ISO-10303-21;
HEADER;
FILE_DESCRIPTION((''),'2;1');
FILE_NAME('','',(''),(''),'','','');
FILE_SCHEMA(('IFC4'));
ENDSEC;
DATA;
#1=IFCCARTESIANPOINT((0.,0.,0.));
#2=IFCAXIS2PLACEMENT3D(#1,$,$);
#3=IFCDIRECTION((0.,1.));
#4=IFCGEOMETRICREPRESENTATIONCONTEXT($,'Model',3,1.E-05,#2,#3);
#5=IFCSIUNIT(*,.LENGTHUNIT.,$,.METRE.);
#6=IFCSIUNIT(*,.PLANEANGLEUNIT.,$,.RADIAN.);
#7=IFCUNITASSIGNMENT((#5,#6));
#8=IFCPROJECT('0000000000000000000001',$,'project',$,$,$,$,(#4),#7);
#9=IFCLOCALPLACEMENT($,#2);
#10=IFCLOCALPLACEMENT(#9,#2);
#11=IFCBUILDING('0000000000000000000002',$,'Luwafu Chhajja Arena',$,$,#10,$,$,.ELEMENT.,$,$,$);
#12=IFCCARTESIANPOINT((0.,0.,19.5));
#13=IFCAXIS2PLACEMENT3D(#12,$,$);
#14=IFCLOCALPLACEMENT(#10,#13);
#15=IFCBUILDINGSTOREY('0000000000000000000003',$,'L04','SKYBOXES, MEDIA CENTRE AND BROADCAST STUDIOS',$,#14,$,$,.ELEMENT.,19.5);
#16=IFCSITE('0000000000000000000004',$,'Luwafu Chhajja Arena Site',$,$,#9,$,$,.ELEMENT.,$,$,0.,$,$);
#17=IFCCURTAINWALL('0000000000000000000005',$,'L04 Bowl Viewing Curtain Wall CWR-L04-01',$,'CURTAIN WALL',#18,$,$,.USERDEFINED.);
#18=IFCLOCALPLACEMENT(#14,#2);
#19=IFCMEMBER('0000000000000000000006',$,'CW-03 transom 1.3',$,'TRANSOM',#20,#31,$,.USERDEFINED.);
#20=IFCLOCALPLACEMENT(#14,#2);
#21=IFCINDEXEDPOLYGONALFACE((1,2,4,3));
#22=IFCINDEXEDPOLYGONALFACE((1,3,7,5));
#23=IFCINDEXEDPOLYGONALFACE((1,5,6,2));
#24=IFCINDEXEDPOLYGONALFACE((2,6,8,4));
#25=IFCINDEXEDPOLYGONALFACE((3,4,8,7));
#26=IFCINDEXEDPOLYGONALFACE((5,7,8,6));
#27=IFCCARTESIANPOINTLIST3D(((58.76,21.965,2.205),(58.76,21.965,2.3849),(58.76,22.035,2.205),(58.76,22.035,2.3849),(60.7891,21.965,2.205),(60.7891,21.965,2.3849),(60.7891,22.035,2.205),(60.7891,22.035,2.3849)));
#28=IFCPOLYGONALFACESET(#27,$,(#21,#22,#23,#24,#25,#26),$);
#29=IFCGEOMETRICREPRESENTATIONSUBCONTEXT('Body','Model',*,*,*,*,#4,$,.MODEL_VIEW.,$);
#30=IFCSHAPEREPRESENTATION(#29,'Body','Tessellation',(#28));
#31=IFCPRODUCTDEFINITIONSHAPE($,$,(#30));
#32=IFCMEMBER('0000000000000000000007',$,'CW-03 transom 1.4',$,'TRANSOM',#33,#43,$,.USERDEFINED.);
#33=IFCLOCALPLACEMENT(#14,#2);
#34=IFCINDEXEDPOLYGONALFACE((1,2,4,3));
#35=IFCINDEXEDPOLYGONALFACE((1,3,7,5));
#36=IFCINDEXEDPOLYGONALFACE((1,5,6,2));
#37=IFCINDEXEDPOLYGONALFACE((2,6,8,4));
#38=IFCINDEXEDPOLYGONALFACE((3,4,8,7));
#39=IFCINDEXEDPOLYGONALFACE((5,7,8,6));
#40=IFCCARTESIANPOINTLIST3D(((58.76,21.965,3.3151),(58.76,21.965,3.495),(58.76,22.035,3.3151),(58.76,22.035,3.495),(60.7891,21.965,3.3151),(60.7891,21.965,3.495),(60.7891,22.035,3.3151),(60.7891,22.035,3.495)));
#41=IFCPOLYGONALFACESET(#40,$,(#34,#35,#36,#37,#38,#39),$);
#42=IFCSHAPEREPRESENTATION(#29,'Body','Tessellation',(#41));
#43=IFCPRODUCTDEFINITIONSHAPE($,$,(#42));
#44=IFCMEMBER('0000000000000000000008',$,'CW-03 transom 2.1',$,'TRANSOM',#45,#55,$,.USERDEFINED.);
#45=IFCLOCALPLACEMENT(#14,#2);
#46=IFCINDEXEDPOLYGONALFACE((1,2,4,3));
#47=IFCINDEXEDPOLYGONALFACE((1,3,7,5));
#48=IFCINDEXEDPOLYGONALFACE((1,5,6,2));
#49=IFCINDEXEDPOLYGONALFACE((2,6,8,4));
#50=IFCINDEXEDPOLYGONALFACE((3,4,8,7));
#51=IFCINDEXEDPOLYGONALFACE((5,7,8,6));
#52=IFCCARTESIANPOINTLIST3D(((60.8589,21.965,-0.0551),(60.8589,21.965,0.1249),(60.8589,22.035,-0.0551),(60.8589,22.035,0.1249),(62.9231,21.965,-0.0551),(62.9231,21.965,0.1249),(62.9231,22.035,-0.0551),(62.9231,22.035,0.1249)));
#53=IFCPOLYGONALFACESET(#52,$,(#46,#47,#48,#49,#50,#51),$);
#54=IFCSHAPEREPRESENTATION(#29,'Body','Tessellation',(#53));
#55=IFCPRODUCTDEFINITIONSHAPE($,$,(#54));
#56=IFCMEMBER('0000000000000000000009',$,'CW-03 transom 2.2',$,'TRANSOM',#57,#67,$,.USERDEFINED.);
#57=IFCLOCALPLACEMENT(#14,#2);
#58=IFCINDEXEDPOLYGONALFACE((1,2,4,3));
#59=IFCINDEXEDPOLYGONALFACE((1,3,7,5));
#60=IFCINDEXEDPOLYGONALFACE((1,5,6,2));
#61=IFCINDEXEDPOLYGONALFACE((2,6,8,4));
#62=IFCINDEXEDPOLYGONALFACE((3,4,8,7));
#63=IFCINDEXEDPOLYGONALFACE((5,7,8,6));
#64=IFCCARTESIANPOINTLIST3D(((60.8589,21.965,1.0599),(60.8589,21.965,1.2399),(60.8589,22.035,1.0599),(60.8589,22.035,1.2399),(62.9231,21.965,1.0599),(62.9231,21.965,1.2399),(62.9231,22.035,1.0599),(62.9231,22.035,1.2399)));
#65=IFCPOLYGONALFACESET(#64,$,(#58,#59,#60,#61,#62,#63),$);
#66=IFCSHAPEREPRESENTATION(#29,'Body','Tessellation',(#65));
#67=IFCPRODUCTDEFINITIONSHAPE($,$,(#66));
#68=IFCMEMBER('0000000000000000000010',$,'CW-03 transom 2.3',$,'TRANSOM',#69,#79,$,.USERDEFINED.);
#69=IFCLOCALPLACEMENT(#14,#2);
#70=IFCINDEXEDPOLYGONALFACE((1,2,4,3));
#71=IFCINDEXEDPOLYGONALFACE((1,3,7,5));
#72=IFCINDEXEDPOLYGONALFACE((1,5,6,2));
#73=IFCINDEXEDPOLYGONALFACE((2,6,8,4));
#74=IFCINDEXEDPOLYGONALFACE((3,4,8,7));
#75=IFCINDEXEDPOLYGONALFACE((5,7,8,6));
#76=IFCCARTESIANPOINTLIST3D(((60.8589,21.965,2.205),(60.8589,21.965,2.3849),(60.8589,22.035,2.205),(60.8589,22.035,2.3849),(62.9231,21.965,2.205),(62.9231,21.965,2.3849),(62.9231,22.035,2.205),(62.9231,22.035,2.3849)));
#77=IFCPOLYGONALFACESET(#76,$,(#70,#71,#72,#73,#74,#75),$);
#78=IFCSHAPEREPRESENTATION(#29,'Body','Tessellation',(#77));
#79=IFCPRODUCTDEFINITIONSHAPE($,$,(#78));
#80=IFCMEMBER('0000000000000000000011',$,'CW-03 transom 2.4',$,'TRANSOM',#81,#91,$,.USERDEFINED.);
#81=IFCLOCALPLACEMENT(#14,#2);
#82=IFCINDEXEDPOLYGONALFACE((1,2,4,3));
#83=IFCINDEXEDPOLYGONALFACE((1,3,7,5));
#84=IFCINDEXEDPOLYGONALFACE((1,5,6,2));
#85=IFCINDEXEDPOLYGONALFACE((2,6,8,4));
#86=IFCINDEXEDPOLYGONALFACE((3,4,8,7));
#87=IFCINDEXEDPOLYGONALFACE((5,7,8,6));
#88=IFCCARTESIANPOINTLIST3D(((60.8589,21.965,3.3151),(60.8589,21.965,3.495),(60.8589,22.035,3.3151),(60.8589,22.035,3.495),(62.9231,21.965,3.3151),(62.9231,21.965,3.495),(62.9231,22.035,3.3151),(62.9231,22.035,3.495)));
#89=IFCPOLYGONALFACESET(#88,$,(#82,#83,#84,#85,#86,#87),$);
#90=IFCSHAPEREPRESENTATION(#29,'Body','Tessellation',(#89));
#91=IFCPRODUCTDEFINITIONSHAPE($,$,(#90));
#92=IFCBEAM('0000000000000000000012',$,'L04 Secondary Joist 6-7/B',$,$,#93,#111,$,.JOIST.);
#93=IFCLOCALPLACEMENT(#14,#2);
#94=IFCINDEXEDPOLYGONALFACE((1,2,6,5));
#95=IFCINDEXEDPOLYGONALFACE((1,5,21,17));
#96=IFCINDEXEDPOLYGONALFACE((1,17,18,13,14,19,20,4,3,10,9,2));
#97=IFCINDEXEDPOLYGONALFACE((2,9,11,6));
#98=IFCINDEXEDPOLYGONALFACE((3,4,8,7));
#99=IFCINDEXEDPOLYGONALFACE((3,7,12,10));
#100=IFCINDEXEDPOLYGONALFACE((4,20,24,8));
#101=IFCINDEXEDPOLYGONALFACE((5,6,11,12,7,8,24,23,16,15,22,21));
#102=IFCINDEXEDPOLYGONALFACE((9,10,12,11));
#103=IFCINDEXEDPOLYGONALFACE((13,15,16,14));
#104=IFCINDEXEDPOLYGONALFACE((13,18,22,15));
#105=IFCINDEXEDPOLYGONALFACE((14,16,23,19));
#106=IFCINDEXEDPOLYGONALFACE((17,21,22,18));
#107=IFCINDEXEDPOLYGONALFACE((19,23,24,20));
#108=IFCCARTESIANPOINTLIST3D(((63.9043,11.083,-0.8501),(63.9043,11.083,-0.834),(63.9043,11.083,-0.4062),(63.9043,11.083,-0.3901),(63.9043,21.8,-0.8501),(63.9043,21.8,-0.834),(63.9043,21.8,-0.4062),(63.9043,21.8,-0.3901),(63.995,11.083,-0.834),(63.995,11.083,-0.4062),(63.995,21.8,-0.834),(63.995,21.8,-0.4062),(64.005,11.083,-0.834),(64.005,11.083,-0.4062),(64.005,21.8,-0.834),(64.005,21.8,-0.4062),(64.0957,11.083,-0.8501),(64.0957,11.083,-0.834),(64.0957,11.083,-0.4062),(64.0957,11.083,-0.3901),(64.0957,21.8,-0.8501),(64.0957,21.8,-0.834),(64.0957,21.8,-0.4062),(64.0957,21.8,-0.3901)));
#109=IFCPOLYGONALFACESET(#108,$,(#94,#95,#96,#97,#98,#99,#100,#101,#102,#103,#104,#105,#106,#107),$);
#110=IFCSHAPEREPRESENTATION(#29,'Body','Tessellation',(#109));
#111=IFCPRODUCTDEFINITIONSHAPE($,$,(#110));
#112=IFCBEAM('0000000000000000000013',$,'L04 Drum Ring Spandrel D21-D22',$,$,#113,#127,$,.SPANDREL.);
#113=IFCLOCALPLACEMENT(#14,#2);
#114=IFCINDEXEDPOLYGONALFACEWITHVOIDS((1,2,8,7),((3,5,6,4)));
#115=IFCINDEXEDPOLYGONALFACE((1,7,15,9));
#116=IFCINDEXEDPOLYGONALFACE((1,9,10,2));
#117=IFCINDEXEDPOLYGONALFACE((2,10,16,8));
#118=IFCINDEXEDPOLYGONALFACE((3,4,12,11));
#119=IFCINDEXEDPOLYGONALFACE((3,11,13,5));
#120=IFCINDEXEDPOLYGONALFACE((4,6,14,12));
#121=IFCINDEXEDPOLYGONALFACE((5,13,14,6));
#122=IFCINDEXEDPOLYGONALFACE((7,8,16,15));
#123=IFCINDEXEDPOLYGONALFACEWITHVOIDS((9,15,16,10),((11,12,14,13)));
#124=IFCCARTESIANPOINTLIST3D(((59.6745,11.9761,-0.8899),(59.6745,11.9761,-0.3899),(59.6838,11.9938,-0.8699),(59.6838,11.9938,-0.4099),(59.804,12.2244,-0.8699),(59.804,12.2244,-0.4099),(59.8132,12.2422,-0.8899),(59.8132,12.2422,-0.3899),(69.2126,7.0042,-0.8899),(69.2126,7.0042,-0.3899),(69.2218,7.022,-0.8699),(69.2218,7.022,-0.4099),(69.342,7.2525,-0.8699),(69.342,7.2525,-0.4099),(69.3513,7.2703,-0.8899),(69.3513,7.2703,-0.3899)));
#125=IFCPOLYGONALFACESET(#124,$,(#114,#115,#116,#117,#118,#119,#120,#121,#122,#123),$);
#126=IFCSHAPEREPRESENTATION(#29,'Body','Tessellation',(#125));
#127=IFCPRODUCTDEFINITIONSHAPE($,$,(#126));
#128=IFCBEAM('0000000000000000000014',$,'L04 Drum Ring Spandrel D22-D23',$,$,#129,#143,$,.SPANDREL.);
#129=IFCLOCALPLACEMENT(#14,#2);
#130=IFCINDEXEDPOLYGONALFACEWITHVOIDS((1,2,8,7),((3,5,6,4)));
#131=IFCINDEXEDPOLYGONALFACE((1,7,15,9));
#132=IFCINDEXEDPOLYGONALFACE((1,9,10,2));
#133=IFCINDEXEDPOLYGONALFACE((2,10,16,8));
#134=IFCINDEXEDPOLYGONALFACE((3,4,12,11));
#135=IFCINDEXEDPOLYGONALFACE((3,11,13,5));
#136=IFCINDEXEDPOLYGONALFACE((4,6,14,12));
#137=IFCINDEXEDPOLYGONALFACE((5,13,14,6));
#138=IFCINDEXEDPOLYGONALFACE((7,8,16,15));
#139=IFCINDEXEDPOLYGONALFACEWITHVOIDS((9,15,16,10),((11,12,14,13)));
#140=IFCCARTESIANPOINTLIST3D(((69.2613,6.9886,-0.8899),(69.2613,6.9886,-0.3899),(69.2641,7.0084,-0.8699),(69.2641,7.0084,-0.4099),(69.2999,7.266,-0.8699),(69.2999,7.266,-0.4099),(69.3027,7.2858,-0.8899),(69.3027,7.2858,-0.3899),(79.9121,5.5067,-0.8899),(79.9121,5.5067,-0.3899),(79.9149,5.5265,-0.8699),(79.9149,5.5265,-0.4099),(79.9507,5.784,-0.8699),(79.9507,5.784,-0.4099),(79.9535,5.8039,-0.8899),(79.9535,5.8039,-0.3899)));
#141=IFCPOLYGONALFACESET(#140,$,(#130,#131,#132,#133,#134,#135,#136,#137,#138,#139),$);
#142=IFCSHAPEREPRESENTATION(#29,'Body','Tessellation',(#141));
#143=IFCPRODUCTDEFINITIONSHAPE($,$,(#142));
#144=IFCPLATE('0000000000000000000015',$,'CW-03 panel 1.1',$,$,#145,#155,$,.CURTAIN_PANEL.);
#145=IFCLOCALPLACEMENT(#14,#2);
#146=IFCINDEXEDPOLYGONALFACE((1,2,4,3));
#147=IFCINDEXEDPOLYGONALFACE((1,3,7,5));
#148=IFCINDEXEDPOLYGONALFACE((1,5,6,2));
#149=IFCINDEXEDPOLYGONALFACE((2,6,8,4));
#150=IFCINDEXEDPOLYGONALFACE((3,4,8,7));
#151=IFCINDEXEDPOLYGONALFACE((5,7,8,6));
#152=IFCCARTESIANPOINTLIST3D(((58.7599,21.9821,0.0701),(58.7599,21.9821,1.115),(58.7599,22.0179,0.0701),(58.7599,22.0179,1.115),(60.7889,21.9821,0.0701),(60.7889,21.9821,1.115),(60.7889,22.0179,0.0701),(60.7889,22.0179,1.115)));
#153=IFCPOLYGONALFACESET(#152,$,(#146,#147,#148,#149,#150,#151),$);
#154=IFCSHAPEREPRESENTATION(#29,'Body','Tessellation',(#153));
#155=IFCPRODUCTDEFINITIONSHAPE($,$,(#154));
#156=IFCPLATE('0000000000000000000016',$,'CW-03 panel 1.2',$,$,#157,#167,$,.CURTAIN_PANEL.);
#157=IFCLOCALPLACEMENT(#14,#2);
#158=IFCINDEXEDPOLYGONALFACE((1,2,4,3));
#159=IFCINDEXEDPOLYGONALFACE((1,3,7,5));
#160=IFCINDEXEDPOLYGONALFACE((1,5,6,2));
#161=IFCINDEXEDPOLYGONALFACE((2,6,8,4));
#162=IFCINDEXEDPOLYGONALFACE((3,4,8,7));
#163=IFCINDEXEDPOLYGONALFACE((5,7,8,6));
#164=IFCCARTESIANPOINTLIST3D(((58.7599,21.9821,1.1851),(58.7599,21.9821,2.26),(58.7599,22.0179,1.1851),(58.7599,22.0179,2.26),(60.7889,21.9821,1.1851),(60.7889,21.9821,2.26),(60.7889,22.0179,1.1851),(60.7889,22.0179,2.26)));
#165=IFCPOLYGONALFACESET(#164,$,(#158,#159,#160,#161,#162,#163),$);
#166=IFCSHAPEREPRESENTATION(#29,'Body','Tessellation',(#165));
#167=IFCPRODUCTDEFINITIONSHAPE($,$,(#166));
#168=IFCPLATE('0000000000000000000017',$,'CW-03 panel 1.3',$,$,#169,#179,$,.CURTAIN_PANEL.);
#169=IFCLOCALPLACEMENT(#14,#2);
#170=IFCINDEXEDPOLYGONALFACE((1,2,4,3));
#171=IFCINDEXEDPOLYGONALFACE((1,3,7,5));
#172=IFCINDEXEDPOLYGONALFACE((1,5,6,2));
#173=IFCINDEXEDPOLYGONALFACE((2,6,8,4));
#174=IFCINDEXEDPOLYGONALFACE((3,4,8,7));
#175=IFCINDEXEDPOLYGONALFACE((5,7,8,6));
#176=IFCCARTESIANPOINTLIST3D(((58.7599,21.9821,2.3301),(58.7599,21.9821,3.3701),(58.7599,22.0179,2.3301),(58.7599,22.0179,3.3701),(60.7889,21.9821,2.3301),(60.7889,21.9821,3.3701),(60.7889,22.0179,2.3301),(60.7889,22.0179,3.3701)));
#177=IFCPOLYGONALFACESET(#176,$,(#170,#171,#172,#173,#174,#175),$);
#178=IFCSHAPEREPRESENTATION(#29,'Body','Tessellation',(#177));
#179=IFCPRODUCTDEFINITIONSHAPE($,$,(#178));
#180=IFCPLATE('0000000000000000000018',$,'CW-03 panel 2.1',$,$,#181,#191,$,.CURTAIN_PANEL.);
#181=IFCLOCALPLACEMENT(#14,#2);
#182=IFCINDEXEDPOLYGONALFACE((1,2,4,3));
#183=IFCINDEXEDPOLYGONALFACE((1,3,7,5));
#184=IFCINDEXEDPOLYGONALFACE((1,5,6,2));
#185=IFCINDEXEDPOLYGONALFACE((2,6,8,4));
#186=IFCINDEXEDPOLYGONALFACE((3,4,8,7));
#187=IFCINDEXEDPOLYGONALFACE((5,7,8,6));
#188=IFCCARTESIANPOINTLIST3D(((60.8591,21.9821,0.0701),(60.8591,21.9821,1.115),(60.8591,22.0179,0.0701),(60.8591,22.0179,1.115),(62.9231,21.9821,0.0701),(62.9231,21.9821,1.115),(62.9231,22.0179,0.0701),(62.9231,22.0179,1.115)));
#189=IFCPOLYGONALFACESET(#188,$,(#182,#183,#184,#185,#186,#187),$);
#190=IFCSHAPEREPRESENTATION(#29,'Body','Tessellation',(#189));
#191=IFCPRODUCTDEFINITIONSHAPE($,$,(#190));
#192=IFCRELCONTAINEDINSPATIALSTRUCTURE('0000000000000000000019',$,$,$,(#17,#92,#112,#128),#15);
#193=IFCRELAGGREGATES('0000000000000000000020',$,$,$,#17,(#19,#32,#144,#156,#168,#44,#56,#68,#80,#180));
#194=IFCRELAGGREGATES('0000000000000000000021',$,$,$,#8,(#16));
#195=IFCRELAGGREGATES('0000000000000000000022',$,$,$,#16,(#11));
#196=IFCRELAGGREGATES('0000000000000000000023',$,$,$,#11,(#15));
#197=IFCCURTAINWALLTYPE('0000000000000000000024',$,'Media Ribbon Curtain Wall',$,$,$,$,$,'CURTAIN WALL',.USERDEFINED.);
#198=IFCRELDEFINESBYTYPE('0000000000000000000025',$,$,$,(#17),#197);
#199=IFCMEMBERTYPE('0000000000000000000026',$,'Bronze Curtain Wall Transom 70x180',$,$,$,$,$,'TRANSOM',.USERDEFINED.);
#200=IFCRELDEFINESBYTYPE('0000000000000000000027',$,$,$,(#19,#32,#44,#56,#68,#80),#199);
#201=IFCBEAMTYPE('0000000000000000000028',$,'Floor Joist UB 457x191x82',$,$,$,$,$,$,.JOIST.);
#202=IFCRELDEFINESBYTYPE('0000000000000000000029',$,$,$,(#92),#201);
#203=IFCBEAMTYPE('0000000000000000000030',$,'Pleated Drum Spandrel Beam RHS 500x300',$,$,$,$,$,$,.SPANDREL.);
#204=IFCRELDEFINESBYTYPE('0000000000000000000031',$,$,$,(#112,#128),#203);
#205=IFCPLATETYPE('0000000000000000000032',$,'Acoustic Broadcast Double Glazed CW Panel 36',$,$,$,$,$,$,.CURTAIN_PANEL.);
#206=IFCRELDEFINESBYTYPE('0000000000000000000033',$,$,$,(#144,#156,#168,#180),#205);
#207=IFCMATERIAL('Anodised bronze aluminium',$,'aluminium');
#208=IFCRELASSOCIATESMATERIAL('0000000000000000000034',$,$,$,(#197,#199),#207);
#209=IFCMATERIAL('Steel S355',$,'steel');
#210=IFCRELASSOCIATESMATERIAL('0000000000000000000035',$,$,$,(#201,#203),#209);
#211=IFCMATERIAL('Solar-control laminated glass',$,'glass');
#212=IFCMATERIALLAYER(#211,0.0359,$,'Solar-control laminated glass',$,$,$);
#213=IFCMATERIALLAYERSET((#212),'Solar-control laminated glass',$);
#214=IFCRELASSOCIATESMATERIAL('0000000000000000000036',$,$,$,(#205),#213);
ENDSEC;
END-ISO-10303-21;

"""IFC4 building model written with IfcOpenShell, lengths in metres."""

from ifc_helpers import new_model, si_unit, direction, frame, origin, origin_2d, place, context, subcontext, project, spatial, rectangle, hollow_rectangle, i_section, extrude, material, layer, layer_set, material_profile, profile_set, type_object, element, aggregate, save


model = new_model("IFC4")

# Units and contexts
model_context = context("Model", 3, precision=1e-05, world=origin(), true_north=direction((0.0, 1.0)))
body_context = subcontext(model_context, "Body", "Model", "MODEL_VIEW")
ifc_project = project(units=[si_unit("LENGTHUNIT", "METRE"), si_unit("PLANEANGLEUNIT", "RADIAN")], contexts=[model_context])

# Site, building, storey
site_placement = place(None, origin())
site = spatial("IfcSite", under=ifc_project, at=site_placement, Name="Luwafu Chhajja Arena Site", CompositionType="ELEMENT", RefElevation=0.0)
building_placement = place(site_placement, origin())
building = spatial("IfcBuilding", under=site, at=building_placement, Name="Luwafu Chhajja Arena", CompositionType="ELEMENT")
storey_placement = place(building_placement, frame((0.0, 0.0, 19.5)))
storey = spatial("IfcBuildingStorey", under=building, at=storey_placement, Name="L04", Description="SKYBOXES, MEDIA CENTRE AND BROADCAST STUDIOS", CompositionType="ELEMENT", Elevation=19.5)

# Shared definitions
ifc_material_1 = material(Name="Steel S355", Category="steel")

# Curtain wall, members
ifc_material_2 = material(Name="Anodised bronze aluminium", Category="aluminium")
curtain_wall_type = type_object("IfcCurtainWallType", Name="Media Ribbon Curtain Wall", ElementType="CURTAIN WALL", PredefinedType="USERDEFINED", material=ifc_material_2)
curtain_wall_placement = place(storey_placement, origin())
curtain_wall = element("IfcCurtainWall", 1, at=curtain_wall_placement, inside=storey, type_object=curtain_wall_type, Name="L04 Bowl Viewing Curtain Wall CWR-L04-01", ObjectType="CURTAIN WALL", PredefinedType="USERDEFINED")
ifc_material_profile_1 = material_profile(ifc_material_2, rectangle(XDim=0.0701, YDim=0.1799, at=origin_2d()), Name="CWT 70x180")
ifc_profile_set_1 = profile_set([ifc_material_profile_1], Name="Anodised bronze aluminium")
member_type_1 = type_object("IfcMemberType", Name="Bronze Curtain Wall Transom 70x180", ElementType="TRANSOM", PredefinedType="USERDEFINED", material=ifc_profile_set_1)
member_1_placement = place(storey_placement, frame((58.76, 22.0, 2.2949), z_axis=(1.0, 0.0, 0.0), x_axis=(0.0, 1.0, 0.0)))
member_1 = element("IfcMember", 2, at=member_1_placement, type_object=member_type_1, Name="CW-03 transom 1.3", ObjectType="TRANSOM", PredefinedType="USERDEFINED", context=body_context, shape_type="SweptSolid", body=[
    extrude(rectangle(XDim=0.0701, YDim=0.1799, at=origin_2d()), origin(), (0.0, 0.0, 1.0), 2.0291),
])
member_2_placement = place(storey_placement, frame((58.76, 22.0, 3.405), z_axis=(1.0, 0.0, 0.0), x_axis=(0.0, 1.0, 0.0)))
member_2 = element("IfcMember", 3, at=member_2_placement, type_object=member_type_1, Name="CW-03 transom 1.4", ObjectType="TRANSOM", PredefinedType="USERDEFINED", context=body_context, shape_type="SweptSolid", body=[
    extrude(rectangle(XDim=0.0701, YDim=0.1799, at=origin_2d()), origin(), (0.0, 0.0, 1.0), 2.0291),
])
member_3_placement = place(storey_placement, frame((60.8589, 22.0, 0.0349), z_axis=(1.0, 0.0, 0.0), x_axis=(0.0, 1.0, 0.0)))
member_3 = element("IfcMember", 4, at=member_3_placement, type_object=member_type_1, Name="CW-03 transom 2.1", ObjectType="TRANSOM", PredefinedType="USERDEFINED", context=body_context, shape_type="SweptSolid", body=[
    extrude(rectangle(XDim=0.0701, YDim=0.1799, at=origin_2d()), origin(), (0.0, 0.0, 1.0), 2.0642),
])
member_4_placement = place(storey_placement, frame((60.8589, 22.0, 1.1499), z_axis=(1.0, 0.0, 0.0), x_axis=(0.0, 1.0, 0.0)))
member_4 = element("IfcMember", 5, at=member_4_placement, type_object=member_type_1, Name="CW-03 transom 2.2", ObjectType="TRANSOM", PredefinedType="USERDEFINED", context=body_context, shape_type="SweptSolid", body=[
    extrude(rectangle(XDim=0.0701, YDim=0.1799, at=origin_2d()), origin(), (0.0, 0.0, 1.0), 2.0642),
])
member_5_placement = place(storey_placement, frame((60.8589, 22.0, 2.2949), z_axis=(1.0, 0.0, 0.0), x_axis=(0.0, 1.0, 0.0)))
member_5 = element("IfcMember", 6, at=member_5_placement, type_object=member_type_1, Name="CW-03 transom 2.3", ObjectType="TRANSOM", PredefinedType="USERDEFINED", context=body_context, shape_type="SweptSolid", body=[
    extrude(rectangle(XDim=0.0701, YDim=0.1799, at=origin_2d()), origin(), (0.0, 0.0, 1.0), 2.0642),
])
member_6_placement = place(storey_placement, frame((60.8589, 22.0, 3.405), z_axis=(1.0, 0.0, 0.0), x_axis=(0.0, 1.0, 0.0)))
member_6 = element("IfcMember", 7, at=member_6_placement, type_object=member_type_1, Name="CW-03 transom 2.4", ObjectType="TRANSOM", PredefinedType="USERDEFINED", context=body_context, shape_type="SweptSolid", body=[
    extrude(rectangle(XDim=0.0701, YDim=0.1799, at=origin_2d()), origin(), (0.0, 0.0, 1.0), 2.0642),
])

# Beams
ifc_material_profile_2 = material_profile(ifc_material_1, i_section(OverallWidth=0.1914, OverallDepth=0.46, WebThickness=0.01, FlangeThickness=0.0161, at=origin_2d()), Name="UB 457x191x82")
ifc_profile_set_2 = profile_set([ifc_material_profile_2], Name="Steel S355")
beam_type_1 = type_object("IfcBeamType", Name="Floor Joist UB 457x191x82", PredefinedType="JOIST", material=ifc_profile_set_2)
beam_1_placement = place(storey_placement, frame((64.0, 11.083, -0.6201), z_axis=(0.0, 1.0, 0.0), x_axis=(-1.0, 0.0, 0.0)))
element("IfcBeam", 8, at=beam_1_placement, inside=storey, type_object=beam_type_1, Name="L04 Secondary Joist 6-7/B", PredefinedType="JOIST", context=body_context, shape_type="SweptSolid", body=[
    extrude(i_section(OverallWidth=0.1914, OverallDepth=0.46, WebThickness=0.01, FlangeThickness=0.0161, at=origin_2d()), origin(), (0.0, 0.0, 1.0), 10.717),
])
ifc_material_profile_3 = material_profile(ifc_material_1, hollow_rectangle(XDim=0.3, YDim=0.5, WallThickness=0.02, at=origin_2d()), Name="RHS 500x300x20")
ifc_profile_set_3 = profile_set([ifc_material_profile_3], Name="Steel S355")
beam_type_2 = type_object("IfcBeamType", Name="Pleated Drum Spandrel Beam RHS 500x300", PredefinedType="SPANDREL", material=ifc_profile_set_3)
beam_2_placement = place(storey_placement, frame((59.7439, 12.1091, -0.6399), z_axis=(0.886755, -0.462239, 0.0), x_axis=(0.462239, 0.886755, 0.0)))
element("IfcBeam", 9, at=beam_2_placement, inside=storey, type_object=beam_type_2, Name="L04 Drum Ring Spandrel D21-D22", PredefinedType="SPANDREL", context=body_context, shape_type="SweptSolid", body=[
    extrude(hollow_rectangle(XDim=0.3, YDim=0.5, WallThickness=0.02, at=origin_2d()), origin(), (0.0, 0.0, 1.0), 10.7561),
])
beam_3_placement = place(storey_placement, frame((69.282, 7.1372, -0.6399), z_axis=(0.990459, -0.13781, 0.0), x_axis=(0.13781, 0.990459, 0.0)))
element("IfcBeam", 10, at=beam_3_placement, inside=storey, type_object=beam_type_2, Name="L04 Drum Ring Spandrel D22-D23", PredefinedType="SPANDREL", context=body_context, shape_type="SweptSolid", body=[
    extrude(hollow_rectangle(XDim=0.3, YDim=0.5, WallThickness=0.02, at=origin_2d()), origin(), (0.0, 0.0, 1.0), 10.7534),
])

# Plates
ifc_material_3 = material(Name="Solar-control laminated glass", Category="glass")
ifc_layer_1 = layer(ifc_material_3, 0.0359, Name="Solar-control laminated glass")
ifc_layer_set_1 = layer_set([ifc_layer_1], Name="Solar-control laminated glass")
plate_type = type_object("IfcPlateType", Name="Acoustic Broadcast Double Glazed CW Panel 36", PredefinedType="CURTAIN_PANEL", material=ifc_layer_set_1)
plate_1_placement = place(storey_placement, frame((59.7744, 22.0, 0.0701), z_axis=(0.0, 0.0, 1.0), x_axis=(1.0, 0.0, 0.0)))
plate_1 = element("IfcPlate", 11, at=plate_1_placement, type_object=plate_type, Name="CW-03 panel 1.1", PredefinedType="CURTAIN_PANEL", context=body_context, shape_type="SweptSolid", body=[
    extrude(rectangle(XDim=2.0291, YDim=0.0359, at=origin_2d()), origin(), (0.0, 0.0, 1.0), 1.0449),
])
plate_2_placement = place(storey_placement, frame((59.7744, 22.0, 1.1851), z_axis=(0.0, 0.0, 1.0), x_axis=(1.0, 0.0, 0.0)))
plate_2 = element("IfcPlate", 12, at=plate_2_placement, type_object=plate_type, Name="CW-03 panel 1.2", PredefinedType="CURTAIN_PANEL", context=body_context, shape_type="SweptSolid", body=[
    extrude(rectangle(XDim=2.0291, YDim=0.0359, at=origin_2d()), origin(), (0.0, 0.0, 1.0), 1.075),
])
plate_3_placement = place(storey_placement, frame((59.7744, 22.0, 2.3301), z_axis=(0.0, 0.0, 1.0), x_axis=(1.0, 0.0, 0.0)))
plate_3 = element("IfcPlate", 13, at=plate_3_placement, type_object=plate_type, Name="CW-03 panel 1.3", PredefinedType="CURTAIN_PANEL", context=body_context, shape_type="SweptSolid", body=[
    extrude(rectangle(XDim=2.0291, YDim=0.0359, at=origin_2d()), origin(), (0.0, 0.0, 1.0), 1.04),
])
plate_4_placement = place(storey_placement, frame((61.8911, 22.0, 0.0701), z_axis=(0.0, 0.0, 1.0), x_axis=(1.0, 0.0, 0.0)))
plate_4 = element("IfcPlate", 14, at=plate_4_placement, type_object=plate_type, Name="CW-03 panel 2.1", PredefinedType="CURTAIN_PANEL", context=body_context, shape_type="SweptSolid", body=[
    extrude(rectangle(XDim=2.064, YDim=0.0359, at=origin_2d()), origin(), (0.0, 0.0, 1.0), 1.0449),
])
aggregate(curtain_wall, [member_1, member_2, plate_1, plate_2, plate_3, member_3, member_4, member_5, member_6, plate_4])

save(model, "model.ifc")
